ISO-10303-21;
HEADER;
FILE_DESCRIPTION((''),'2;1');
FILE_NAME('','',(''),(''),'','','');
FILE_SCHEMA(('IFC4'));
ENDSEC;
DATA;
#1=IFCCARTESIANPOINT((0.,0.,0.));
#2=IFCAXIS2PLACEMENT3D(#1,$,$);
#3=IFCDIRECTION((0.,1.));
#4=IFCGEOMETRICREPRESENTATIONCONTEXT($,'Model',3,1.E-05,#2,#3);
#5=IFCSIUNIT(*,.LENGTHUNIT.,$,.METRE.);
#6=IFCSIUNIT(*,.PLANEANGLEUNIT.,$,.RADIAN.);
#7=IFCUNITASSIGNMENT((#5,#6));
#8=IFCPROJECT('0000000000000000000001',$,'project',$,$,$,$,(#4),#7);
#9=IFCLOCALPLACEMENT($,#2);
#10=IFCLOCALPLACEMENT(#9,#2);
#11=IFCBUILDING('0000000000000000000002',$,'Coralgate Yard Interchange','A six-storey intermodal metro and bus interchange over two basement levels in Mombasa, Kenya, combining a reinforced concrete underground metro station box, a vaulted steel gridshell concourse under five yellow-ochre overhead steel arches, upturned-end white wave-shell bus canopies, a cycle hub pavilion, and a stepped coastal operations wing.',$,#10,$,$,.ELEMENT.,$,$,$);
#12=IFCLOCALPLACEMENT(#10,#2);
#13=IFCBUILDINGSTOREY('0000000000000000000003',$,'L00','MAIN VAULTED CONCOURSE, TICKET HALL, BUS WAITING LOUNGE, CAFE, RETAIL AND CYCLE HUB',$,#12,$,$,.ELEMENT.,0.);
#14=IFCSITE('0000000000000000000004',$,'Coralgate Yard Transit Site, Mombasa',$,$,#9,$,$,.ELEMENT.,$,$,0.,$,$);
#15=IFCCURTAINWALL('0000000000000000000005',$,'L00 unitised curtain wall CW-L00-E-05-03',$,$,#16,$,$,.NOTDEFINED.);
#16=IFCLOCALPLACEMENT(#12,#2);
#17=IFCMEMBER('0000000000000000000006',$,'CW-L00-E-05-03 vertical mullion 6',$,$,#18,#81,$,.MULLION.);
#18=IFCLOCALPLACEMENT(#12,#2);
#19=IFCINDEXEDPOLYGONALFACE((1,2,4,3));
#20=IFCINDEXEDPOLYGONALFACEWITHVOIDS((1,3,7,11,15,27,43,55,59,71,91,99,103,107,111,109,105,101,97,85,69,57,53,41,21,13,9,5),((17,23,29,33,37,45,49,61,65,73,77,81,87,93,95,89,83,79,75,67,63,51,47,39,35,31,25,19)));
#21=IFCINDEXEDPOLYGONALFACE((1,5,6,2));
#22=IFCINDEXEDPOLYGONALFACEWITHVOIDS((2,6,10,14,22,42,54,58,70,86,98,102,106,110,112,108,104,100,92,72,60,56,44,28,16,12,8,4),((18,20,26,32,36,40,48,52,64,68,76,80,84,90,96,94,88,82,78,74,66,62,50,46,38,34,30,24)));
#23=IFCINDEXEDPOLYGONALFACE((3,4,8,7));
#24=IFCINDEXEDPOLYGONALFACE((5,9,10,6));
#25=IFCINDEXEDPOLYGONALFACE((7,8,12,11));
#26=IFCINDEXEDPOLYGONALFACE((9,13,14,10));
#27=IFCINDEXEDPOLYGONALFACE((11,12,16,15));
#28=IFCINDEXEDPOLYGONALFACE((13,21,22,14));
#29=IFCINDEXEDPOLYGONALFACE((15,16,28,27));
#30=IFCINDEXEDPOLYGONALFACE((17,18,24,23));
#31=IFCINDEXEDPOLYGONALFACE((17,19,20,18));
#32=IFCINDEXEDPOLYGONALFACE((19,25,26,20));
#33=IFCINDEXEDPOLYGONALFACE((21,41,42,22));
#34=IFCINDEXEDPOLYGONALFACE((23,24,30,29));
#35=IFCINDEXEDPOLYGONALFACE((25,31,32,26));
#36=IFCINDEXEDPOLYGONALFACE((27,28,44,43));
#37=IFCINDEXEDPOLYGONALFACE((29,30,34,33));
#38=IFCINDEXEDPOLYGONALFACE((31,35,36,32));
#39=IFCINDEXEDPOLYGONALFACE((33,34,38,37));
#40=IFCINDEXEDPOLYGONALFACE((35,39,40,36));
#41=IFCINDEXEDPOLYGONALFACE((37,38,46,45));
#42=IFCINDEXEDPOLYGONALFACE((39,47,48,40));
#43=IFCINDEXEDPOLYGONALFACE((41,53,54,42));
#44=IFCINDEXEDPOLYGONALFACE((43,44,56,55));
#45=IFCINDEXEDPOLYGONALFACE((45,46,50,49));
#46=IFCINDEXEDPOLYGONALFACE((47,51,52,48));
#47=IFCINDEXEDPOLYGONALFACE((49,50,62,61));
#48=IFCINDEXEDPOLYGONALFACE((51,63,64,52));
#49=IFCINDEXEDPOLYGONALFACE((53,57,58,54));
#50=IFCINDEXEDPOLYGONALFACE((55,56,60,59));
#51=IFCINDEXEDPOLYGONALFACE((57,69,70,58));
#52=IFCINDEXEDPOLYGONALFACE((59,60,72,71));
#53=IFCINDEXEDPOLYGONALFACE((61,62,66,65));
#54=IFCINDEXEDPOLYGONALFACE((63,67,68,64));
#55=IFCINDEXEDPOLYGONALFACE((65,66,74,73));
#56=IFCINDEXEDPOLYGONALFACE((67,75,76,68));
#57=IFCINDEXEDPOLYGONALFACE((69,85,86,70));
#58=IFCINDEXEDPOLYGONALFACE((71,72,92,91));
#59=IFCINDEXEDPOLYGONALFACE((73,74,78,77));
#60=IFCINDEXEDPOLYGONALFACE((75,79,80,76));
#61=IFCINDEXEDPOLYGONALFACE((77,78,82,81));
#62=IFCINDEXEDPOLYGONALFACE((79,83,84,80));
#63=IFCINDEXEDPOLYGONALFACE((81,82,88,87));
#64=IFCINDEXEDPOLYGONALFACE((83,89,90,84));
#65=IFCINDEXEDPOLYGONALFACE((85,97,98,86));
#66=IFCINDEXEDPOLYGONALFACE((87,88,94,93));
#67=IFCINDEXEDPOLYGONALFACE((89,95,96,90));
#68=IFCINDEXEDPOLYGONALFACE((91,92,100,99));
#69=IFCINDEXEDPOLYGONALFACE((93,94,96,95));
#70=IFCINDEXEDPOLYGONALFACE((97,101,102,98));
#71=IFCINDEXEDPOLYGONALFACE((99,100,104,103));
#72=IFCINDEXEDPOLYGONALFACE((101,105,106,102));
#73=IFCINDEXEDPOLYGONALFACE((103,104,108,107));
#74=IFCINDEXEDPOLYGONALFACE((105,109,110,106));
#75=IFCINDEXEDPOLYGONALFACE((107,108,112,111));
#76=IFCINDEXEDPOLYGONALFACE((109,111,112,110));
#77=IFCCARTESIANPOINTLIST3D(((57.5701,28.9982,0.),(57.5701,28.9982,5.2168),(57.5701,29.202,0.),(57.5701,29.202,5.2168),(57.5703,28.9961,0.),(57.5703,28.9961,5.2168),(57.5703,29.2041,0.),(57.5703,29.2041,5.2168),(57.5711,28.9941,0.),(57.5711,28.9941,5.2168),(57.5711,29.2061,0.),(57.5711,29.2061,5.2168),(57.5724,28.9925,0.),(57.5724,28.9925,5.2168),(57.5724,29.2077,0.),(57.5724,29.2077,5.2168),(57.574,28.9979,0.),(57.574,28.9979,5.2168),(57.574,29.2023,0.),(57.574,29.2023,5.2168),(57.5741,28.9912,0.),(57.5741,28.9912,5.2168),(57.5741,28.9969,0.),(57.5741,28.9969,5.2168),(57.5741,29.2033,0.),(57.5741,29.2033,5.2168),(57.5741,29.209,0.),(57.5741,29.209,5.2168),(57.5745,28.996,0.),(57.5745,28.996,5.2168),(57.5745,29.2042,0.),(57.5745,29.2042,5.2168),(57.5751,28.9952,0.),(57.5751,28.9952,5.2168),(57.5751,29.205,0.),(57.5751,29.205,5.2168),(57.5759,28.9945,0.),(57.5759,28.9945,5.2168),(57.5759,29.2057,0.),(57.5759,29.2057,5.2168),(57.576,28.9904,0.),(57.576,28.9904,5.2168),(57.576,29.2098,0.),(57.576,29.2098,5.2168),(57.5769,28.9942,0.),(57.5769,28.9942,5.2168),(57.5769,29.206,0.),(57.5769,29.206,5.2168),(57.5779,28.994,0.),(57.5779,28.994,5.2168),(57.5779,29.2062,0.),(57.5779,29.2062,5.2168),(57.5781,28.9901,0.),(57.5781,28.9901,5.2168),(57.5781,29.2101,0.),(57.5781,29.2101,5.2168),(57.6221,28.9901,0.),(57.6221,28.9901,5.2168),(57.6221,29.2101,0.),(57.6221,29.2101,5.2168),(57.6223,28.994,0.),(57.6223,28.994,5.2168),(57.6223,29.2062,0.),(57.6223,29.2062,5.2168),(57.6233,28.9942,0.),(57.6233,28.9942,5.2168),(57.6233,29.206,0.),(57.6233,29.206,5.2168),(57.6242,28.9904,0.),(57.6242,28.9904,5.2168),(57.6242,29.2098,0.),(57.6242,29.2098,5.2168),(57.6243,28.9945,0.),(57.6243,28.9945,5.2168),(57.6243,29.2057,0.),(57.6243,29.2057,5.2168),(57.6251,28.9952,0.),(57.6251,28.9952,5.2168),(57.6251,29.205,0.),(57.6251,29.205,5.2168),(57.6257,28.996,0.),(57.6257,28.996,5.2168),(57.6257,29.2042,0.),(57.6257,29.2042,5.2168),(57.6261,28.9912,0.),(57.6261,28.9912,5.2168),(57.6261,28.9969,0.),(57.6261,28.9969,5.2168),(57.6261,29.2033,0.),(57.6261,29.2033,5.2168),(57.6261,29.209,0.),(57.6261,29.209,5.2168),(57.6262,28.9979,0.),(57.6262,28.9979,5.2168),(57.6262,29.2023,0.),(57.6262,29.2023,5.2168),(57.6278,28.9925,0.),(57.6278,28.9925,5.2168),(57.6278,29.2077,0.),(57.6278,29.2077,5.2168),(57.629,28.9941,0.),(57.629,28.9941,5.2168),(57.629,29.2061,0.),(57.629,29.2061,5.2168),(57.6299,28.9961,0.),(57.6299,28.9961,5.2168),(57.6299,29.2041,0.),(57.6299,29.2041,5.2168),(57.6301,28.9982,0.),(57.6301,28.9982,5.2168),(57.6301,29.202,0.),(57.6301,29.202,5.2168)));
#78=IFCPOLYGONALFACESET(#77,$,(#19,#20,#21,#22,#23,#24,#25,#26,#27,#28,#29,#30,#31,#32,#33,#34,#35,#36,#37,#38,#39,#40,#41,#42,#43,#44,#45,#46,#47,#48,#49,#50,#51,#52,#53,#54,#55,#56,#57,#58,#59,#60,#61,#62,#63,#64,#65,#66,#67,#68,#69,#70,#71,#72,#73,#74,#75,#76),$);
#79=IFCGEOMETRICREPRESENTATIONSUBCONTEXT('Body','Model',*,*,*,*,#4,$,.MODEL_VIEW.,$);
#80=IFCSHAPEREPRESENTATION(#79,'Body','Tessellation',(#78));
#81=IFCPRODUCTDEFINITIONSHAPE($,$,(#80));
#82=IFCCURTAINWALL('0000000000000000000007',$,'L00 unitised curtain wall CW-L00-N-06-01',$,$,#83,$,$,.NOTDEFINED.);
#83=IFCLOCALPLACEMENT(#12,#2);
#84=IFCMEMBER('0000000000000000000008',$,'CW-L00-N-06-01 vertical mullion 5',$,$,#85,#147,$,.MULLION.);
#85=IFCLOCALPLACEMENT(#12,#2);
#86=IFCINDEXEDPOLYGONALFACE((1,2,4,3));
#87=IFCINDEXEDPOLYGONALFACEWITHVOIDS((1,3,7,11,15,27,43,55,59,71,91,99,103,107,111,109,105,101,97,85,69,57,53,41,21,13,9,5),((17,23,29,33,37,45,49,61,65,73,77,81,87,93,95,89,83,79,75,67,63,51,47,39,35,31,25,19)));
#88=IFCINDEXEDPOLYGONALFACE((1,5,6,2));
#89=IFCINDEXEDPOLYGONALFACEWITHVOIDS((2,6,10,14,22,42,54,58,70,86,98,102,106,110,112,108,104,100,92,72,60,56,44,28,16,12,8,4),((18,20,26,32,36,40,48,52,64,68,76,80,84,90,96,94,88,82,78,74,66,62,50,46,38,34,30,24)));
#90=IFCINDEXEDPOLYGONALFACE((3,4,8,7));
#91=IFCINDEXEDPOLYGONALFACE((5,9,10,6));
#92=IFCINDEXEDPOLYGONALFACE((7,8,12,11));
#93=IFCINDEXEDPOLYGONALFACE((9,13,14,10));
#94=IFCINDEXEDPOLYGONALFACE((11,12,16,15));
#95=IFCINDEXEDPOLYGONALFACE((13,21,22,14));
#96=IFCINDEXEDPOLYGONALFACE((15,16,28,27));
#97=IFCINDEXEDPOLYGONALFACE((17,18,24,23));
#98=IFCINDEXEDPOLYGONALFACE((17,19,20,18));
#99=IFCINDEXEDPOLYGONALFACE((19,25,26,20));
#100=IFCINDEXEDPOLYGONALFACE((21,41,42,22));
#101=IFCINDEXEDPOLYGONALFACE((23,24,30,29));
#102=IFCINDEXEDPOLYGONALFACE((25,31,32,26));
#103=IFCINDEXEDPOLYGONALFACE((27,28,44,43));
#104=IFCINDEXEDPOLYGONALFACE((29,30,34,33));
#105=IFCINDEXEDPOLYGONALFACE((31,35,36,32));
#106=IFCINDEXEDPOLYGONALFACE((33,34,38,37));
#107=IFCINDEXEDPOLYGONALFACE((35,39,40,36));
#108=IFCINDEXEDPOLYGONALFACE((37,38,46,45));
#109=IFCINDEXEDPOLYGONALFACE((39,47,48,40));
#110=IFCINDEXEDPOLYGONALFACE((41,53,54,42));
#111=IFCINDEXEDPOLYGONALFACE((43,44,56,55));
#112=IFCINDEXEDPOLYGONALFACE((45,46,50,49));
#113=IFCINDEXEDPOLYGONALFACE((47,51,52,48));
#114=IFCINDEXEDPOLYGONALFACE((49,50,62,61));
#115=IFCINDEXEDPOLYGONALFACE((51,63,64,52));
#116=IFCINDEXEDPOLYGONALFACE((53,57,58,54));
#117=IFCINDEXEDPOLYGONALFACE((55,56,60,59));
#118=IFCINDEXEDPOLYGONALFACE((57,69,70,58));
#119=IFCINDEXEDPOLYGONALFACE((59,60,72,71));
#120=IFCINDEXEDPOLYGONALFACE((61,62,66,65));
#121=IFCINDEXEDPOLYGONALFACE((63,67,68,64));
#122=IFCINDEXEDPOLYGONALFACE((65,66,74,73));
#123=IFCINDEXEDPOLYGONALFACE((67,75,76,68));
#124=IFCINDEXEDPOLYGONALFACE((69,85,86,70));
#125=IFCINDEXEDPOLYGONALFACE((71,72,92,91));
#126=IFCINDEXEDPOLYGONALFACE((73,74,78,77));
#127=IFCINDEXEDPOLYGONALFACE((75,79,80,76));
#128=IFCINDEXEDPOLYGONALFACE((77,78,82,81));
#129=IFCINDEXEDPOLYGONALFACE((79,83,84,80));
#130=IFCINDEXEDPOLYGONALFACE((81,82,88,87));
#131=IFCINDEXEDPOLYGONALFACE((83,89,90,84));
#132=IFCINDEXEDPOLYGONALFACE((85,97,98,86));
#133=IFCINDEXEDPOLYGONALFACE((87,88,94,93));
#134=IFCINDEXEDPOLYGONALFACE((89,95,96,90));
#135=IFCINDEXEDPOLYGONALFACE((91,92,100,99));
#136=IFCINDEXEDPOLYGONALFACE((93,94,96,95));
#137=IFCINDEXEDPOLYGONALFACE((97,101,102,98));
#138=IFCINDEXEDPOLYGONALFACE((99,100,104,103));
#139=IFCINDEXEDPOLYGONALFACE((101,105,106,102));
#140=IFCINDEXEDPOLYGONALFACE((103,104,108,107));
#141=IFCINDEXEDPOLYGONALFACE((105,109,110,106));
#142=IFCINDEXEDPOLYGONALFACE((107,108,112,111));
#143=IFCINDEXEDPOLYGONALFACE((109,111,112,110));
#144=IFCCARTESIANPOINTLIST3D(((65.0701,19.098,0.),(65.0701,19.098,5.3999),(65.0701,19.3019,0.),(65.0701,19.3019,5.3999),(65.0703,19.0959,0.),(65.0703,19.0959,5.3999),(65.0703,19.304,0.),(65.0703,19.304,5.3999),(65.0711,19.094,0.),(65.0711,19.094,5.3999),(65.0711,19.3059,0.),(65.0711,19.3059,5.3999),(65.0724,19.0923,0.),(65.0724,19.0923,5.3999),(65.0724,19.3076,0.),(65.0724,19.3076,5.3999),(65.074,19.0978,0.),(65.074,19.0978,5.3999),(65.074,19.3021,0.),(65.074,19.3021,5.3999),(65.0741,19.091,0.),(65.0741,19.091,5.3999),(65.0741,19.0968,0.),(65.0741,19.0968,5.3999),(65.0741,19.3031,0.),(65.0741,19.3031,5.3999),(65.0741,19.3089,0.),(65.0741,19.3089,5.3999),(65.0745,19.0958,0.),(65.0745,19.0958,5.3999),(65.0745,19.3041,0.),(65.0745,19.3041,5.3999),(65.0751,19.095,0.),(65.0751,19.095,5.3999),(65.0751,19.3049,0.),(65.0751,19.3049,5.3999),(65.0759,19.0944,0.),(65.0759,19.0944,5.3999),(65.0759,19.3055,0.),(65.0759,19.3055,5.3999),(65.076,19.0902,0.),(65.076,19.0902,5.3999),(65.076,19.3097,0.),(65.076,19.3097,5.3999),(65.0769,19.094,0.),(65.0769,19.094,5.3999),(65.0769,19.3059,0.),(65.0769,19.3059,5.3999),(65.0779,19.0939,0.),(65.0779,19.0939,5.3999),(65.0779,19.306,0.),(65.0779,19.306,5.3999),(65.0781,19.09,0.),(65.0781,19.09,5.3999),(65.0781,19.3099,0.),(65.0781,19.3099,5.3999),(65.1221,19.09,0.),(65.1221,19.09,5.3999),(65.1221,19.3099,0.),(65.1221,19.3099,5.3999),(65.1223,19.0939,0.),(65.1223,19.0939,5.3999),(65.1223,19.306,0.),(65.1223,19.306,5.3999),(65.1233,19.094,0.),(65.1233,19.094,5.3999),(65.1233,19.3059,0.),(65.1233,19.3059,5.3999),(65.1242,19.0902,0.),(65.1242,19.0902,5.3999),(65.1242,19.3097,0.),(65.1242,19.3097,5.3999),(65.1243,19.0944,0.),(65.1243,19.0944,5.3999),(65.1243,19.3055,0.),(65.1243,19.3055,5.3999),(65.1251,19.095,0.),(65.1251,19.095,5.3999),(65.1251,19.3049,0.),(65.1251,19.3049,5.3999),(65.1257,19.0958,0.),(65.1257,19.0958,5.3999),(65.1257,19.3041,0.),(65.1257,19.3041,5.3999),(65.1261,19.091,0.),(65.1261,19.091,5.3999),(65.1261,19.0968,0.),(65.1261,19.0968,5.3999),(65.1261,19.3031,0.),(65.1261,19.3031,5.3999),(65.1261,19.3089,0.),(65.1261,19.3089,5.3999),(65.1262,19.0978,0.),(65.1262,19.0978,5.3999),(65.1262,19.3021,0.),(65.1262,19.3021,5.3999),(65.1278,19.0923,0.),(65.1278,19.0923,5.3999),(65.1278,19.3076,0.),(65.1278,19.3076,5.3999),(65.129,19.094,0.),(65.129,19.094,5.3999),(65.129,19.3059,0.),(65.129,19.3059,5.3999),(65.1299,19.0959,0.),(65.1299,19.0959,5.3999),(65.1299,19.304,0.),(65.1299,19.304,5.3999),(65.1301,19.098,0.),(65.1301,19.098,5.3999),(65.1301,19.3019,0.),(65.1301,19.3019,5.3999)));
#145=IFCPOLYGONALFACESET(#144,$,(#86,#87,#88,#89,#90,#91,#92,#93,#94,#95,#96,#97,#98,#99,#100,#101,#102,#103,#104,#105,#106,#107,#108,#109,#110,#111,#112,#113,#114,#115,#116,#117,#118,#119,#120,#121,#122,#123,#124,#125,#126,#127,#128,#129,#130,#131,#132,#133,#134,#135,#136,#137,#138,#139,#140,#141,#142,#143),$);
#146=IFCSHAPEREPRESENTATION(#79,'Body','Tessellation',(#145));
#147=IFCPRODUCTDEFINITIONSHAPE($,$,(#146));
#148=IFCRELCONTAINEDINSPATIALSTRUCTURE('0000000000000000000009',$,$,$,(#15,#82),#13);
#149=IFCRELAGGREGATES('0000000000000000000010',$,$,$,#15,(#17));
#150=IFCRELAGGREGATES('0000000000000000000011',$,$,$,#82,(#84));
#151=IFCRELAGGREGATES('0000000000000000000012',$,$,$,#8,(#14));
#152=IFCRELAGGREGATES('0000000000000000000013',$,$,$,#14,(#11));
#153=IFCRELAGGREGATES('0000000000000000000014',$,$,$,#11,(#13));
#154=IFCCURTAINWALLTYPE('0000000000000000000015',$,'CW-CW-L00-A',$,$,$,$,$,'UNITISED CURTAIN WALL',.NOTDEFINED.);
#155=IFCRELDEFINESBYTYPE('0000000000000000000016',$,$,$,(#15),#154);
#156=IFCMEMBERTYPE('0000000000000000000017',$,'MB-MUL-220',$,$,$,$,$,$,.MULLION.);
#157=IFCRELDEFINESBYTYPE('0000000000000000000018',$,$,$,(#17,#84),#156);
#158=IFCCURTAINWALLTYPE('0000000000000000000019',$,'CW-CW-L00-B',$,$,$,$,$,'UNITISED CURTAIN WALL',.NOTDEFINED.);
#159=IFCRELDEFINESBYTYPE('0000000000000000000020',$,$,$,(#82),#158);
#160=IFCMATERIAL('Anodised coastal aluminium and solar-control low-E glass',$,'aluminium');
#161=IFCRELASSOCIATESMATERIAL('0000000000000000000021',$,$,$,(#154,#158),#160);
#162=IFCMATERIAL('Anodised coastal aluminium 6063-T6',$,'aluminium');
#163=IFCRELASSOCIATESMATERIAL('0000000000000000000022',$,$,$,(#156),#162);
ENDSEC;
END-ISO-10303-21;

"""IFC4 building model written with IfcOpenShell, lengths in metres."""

from ifc_helpers import new_model, si_unit, direction, frame, origin, origin_2d, place, context, subcontext, project, spatial, hollow_rectangle, extrude, material, material_profile, profile_set, type_object, element, aggregate, save


model = new_model("IFC4")

# Units and contexts
model_context = context("Model", 3, precision=1e-05, world=origin(), true_north=direction((0.0, 1.0)))
body_context = subcontext(model_context, "Body", "Model", "MODEL_VIEW")
ifc_project = project(units=[si_unit("LENGTHUNIT", "METRE"), si_unit("PLANEANGLEUNIT", "RADIAN")], contexts=[model_context])

# Site, building, storey
site_placement = place(None, origin())
site = spatial("IfcSite", under=ifc_project, at=site_placement, Name="Coralgate Yard Transit Site, Mombasa", CompositionType="ELEMENT", RefElevation=0.0)
building_placement = place(site_placement, origin())
building = spatial("IfcBuilding", under=site, at=building_placement, Name="Coralgate Yard Interchange", Description="A six-storey intermodal metro and bus interchange over two basement levels in Mombasa, Kenya, combining a reinforced concrete underground metro station box, a vaulted steel gridshell concourse under five yellow-ochre overhead steel arches, upturned-end white wave-shell bus canopies, a cycle hub pavilion, and a stepped coastal operations wing.", CompositionType="ELEMENT")
storey_placement = place(building_placement, origin())
storey = spatial("IfcBuildingStorey", under=building, at=storey_placement, Name="L00", Description="MAIN VAULTED CONCOURSE, TICKET HALL, BUS WAITING LOUNGE, CAFE, RETAIL AND CYCLE HUB", CompositionType="ELEMENT", Elevation=0.0)

# Shared definitions
ifc_material_1 = material(Name="Anodised coastal aluminium and solar-control low-E glass", Category="aluminium")
curtain_wall_type_1 = type_object("IfcCurtainWallType", Name="CW-CW-L00-A", ElementType="UNITISED CURTAIN WALL", PredefinedType="NOTDEFINED", material=ifc_material_1)
ifc_material_2 = material(Name="Anodised coastal aluminium 6063-T6", Category="aluminium")
ifc_material_profile_1 = material_profile(ifc_material_2, hollow_rectangle(XDim=0.0601, YDim=0.22, WallThickness=0.0039, InnerFilletRadius=0.0039, OuterFilletRadius=0.0081, at=origin_2d()), Name="ALU 60x220x4")
ifc_profile_set_1 = profile_set([ifc_material_profile_1], Name="Anodised coastal aluminium 6063-T6")
member_type_1 = type_object("IfcMemberType", Name="MB-MUL-220", PredefinedType="MULLION", material=ifc_profile_set_1)

# Curtain wall, member
curtain_wall_1_placement = place(storey_placement, origin())
curtain_wall_1 = element("IfcCurtainWall", 1, at=curtain_wall_1_placement, inside=storey, type_object=curtain_wall_type_1, Name="L00 unitised curtain wall CW-L00-E-05-03", PredefinedType="NOTDEFINED")
member_1_placement = place(storey_placement, frame((57.6001, 29.1001, 0.0), z_axis=(0.0, 0.0, 1.0), x_axis=(1.0, 0.0, 0.0)))
member_1 = element("IfcMember", 2, at=member_1_placement, type_object=member_type_1, Name="CW-L00-E-05-03 vertical mullion 6", PredefinedType="MULLION", context=body_context, shape_type="SweptSolid", body=[
    extrude(hollow_rectangle(XDim=0.0601, YDim=0.22, WallThickness=0.0039, InnerFilletRadius=0.0039, OuterFilletRadius=0.0081, at=origin_2d()), origin(), (0.0, 0.0, 1.0), 5.2168),
])

# Curtain wall, member
curtain_wall_type_2 = type_object("IfcCurtainWallType", Name="CW-CW-L00-B", ElementType="UNITISED CURTAIN WALL", PredefinedType="NOTDEFINED", material=ifc_material_1)
curtain_wall_2_placement = place(storey_placement, origin())
curtain_wall_2 = element("IfcCurtainWall", 3, at=curtain_wall_2_placement, inside=storey, type_object=curtain_wall_type_2, Name="L00 unitised curtain wall CW-L00-N-06-01", PredefinedType="NOTDEFINED")
member_2_placement = place(storey_placement, frame((65.1001, 19.2, 0.0), z_axis=(0.0, 0.0, 1.0), x_axis=(1.0, 0.0, 0.0)))
member_2 = element("IfcMember", 4, at=member_2_placement, type_object=member_type_1, Name="CW-L00-N-06-01 vertical mullion 5", PredefinedType="MULLION", context=body_context, shape_type="SweptSolid", body=[
    extrude(hollow_rectangle(XDim=0.0601, YDim=0.22, WallThickness=0.0039, InnerFilletRadius=0.0039, OuterFilletRadius=0.0081, at=origin_2d()), origin(), (0.0, 0.0, 1.0), 5.3999),
])

aggregate(curtain_wall_1, [member_1])
aggregate(curtain_wall_2, [member_2])

save(model, "model.ifc")
